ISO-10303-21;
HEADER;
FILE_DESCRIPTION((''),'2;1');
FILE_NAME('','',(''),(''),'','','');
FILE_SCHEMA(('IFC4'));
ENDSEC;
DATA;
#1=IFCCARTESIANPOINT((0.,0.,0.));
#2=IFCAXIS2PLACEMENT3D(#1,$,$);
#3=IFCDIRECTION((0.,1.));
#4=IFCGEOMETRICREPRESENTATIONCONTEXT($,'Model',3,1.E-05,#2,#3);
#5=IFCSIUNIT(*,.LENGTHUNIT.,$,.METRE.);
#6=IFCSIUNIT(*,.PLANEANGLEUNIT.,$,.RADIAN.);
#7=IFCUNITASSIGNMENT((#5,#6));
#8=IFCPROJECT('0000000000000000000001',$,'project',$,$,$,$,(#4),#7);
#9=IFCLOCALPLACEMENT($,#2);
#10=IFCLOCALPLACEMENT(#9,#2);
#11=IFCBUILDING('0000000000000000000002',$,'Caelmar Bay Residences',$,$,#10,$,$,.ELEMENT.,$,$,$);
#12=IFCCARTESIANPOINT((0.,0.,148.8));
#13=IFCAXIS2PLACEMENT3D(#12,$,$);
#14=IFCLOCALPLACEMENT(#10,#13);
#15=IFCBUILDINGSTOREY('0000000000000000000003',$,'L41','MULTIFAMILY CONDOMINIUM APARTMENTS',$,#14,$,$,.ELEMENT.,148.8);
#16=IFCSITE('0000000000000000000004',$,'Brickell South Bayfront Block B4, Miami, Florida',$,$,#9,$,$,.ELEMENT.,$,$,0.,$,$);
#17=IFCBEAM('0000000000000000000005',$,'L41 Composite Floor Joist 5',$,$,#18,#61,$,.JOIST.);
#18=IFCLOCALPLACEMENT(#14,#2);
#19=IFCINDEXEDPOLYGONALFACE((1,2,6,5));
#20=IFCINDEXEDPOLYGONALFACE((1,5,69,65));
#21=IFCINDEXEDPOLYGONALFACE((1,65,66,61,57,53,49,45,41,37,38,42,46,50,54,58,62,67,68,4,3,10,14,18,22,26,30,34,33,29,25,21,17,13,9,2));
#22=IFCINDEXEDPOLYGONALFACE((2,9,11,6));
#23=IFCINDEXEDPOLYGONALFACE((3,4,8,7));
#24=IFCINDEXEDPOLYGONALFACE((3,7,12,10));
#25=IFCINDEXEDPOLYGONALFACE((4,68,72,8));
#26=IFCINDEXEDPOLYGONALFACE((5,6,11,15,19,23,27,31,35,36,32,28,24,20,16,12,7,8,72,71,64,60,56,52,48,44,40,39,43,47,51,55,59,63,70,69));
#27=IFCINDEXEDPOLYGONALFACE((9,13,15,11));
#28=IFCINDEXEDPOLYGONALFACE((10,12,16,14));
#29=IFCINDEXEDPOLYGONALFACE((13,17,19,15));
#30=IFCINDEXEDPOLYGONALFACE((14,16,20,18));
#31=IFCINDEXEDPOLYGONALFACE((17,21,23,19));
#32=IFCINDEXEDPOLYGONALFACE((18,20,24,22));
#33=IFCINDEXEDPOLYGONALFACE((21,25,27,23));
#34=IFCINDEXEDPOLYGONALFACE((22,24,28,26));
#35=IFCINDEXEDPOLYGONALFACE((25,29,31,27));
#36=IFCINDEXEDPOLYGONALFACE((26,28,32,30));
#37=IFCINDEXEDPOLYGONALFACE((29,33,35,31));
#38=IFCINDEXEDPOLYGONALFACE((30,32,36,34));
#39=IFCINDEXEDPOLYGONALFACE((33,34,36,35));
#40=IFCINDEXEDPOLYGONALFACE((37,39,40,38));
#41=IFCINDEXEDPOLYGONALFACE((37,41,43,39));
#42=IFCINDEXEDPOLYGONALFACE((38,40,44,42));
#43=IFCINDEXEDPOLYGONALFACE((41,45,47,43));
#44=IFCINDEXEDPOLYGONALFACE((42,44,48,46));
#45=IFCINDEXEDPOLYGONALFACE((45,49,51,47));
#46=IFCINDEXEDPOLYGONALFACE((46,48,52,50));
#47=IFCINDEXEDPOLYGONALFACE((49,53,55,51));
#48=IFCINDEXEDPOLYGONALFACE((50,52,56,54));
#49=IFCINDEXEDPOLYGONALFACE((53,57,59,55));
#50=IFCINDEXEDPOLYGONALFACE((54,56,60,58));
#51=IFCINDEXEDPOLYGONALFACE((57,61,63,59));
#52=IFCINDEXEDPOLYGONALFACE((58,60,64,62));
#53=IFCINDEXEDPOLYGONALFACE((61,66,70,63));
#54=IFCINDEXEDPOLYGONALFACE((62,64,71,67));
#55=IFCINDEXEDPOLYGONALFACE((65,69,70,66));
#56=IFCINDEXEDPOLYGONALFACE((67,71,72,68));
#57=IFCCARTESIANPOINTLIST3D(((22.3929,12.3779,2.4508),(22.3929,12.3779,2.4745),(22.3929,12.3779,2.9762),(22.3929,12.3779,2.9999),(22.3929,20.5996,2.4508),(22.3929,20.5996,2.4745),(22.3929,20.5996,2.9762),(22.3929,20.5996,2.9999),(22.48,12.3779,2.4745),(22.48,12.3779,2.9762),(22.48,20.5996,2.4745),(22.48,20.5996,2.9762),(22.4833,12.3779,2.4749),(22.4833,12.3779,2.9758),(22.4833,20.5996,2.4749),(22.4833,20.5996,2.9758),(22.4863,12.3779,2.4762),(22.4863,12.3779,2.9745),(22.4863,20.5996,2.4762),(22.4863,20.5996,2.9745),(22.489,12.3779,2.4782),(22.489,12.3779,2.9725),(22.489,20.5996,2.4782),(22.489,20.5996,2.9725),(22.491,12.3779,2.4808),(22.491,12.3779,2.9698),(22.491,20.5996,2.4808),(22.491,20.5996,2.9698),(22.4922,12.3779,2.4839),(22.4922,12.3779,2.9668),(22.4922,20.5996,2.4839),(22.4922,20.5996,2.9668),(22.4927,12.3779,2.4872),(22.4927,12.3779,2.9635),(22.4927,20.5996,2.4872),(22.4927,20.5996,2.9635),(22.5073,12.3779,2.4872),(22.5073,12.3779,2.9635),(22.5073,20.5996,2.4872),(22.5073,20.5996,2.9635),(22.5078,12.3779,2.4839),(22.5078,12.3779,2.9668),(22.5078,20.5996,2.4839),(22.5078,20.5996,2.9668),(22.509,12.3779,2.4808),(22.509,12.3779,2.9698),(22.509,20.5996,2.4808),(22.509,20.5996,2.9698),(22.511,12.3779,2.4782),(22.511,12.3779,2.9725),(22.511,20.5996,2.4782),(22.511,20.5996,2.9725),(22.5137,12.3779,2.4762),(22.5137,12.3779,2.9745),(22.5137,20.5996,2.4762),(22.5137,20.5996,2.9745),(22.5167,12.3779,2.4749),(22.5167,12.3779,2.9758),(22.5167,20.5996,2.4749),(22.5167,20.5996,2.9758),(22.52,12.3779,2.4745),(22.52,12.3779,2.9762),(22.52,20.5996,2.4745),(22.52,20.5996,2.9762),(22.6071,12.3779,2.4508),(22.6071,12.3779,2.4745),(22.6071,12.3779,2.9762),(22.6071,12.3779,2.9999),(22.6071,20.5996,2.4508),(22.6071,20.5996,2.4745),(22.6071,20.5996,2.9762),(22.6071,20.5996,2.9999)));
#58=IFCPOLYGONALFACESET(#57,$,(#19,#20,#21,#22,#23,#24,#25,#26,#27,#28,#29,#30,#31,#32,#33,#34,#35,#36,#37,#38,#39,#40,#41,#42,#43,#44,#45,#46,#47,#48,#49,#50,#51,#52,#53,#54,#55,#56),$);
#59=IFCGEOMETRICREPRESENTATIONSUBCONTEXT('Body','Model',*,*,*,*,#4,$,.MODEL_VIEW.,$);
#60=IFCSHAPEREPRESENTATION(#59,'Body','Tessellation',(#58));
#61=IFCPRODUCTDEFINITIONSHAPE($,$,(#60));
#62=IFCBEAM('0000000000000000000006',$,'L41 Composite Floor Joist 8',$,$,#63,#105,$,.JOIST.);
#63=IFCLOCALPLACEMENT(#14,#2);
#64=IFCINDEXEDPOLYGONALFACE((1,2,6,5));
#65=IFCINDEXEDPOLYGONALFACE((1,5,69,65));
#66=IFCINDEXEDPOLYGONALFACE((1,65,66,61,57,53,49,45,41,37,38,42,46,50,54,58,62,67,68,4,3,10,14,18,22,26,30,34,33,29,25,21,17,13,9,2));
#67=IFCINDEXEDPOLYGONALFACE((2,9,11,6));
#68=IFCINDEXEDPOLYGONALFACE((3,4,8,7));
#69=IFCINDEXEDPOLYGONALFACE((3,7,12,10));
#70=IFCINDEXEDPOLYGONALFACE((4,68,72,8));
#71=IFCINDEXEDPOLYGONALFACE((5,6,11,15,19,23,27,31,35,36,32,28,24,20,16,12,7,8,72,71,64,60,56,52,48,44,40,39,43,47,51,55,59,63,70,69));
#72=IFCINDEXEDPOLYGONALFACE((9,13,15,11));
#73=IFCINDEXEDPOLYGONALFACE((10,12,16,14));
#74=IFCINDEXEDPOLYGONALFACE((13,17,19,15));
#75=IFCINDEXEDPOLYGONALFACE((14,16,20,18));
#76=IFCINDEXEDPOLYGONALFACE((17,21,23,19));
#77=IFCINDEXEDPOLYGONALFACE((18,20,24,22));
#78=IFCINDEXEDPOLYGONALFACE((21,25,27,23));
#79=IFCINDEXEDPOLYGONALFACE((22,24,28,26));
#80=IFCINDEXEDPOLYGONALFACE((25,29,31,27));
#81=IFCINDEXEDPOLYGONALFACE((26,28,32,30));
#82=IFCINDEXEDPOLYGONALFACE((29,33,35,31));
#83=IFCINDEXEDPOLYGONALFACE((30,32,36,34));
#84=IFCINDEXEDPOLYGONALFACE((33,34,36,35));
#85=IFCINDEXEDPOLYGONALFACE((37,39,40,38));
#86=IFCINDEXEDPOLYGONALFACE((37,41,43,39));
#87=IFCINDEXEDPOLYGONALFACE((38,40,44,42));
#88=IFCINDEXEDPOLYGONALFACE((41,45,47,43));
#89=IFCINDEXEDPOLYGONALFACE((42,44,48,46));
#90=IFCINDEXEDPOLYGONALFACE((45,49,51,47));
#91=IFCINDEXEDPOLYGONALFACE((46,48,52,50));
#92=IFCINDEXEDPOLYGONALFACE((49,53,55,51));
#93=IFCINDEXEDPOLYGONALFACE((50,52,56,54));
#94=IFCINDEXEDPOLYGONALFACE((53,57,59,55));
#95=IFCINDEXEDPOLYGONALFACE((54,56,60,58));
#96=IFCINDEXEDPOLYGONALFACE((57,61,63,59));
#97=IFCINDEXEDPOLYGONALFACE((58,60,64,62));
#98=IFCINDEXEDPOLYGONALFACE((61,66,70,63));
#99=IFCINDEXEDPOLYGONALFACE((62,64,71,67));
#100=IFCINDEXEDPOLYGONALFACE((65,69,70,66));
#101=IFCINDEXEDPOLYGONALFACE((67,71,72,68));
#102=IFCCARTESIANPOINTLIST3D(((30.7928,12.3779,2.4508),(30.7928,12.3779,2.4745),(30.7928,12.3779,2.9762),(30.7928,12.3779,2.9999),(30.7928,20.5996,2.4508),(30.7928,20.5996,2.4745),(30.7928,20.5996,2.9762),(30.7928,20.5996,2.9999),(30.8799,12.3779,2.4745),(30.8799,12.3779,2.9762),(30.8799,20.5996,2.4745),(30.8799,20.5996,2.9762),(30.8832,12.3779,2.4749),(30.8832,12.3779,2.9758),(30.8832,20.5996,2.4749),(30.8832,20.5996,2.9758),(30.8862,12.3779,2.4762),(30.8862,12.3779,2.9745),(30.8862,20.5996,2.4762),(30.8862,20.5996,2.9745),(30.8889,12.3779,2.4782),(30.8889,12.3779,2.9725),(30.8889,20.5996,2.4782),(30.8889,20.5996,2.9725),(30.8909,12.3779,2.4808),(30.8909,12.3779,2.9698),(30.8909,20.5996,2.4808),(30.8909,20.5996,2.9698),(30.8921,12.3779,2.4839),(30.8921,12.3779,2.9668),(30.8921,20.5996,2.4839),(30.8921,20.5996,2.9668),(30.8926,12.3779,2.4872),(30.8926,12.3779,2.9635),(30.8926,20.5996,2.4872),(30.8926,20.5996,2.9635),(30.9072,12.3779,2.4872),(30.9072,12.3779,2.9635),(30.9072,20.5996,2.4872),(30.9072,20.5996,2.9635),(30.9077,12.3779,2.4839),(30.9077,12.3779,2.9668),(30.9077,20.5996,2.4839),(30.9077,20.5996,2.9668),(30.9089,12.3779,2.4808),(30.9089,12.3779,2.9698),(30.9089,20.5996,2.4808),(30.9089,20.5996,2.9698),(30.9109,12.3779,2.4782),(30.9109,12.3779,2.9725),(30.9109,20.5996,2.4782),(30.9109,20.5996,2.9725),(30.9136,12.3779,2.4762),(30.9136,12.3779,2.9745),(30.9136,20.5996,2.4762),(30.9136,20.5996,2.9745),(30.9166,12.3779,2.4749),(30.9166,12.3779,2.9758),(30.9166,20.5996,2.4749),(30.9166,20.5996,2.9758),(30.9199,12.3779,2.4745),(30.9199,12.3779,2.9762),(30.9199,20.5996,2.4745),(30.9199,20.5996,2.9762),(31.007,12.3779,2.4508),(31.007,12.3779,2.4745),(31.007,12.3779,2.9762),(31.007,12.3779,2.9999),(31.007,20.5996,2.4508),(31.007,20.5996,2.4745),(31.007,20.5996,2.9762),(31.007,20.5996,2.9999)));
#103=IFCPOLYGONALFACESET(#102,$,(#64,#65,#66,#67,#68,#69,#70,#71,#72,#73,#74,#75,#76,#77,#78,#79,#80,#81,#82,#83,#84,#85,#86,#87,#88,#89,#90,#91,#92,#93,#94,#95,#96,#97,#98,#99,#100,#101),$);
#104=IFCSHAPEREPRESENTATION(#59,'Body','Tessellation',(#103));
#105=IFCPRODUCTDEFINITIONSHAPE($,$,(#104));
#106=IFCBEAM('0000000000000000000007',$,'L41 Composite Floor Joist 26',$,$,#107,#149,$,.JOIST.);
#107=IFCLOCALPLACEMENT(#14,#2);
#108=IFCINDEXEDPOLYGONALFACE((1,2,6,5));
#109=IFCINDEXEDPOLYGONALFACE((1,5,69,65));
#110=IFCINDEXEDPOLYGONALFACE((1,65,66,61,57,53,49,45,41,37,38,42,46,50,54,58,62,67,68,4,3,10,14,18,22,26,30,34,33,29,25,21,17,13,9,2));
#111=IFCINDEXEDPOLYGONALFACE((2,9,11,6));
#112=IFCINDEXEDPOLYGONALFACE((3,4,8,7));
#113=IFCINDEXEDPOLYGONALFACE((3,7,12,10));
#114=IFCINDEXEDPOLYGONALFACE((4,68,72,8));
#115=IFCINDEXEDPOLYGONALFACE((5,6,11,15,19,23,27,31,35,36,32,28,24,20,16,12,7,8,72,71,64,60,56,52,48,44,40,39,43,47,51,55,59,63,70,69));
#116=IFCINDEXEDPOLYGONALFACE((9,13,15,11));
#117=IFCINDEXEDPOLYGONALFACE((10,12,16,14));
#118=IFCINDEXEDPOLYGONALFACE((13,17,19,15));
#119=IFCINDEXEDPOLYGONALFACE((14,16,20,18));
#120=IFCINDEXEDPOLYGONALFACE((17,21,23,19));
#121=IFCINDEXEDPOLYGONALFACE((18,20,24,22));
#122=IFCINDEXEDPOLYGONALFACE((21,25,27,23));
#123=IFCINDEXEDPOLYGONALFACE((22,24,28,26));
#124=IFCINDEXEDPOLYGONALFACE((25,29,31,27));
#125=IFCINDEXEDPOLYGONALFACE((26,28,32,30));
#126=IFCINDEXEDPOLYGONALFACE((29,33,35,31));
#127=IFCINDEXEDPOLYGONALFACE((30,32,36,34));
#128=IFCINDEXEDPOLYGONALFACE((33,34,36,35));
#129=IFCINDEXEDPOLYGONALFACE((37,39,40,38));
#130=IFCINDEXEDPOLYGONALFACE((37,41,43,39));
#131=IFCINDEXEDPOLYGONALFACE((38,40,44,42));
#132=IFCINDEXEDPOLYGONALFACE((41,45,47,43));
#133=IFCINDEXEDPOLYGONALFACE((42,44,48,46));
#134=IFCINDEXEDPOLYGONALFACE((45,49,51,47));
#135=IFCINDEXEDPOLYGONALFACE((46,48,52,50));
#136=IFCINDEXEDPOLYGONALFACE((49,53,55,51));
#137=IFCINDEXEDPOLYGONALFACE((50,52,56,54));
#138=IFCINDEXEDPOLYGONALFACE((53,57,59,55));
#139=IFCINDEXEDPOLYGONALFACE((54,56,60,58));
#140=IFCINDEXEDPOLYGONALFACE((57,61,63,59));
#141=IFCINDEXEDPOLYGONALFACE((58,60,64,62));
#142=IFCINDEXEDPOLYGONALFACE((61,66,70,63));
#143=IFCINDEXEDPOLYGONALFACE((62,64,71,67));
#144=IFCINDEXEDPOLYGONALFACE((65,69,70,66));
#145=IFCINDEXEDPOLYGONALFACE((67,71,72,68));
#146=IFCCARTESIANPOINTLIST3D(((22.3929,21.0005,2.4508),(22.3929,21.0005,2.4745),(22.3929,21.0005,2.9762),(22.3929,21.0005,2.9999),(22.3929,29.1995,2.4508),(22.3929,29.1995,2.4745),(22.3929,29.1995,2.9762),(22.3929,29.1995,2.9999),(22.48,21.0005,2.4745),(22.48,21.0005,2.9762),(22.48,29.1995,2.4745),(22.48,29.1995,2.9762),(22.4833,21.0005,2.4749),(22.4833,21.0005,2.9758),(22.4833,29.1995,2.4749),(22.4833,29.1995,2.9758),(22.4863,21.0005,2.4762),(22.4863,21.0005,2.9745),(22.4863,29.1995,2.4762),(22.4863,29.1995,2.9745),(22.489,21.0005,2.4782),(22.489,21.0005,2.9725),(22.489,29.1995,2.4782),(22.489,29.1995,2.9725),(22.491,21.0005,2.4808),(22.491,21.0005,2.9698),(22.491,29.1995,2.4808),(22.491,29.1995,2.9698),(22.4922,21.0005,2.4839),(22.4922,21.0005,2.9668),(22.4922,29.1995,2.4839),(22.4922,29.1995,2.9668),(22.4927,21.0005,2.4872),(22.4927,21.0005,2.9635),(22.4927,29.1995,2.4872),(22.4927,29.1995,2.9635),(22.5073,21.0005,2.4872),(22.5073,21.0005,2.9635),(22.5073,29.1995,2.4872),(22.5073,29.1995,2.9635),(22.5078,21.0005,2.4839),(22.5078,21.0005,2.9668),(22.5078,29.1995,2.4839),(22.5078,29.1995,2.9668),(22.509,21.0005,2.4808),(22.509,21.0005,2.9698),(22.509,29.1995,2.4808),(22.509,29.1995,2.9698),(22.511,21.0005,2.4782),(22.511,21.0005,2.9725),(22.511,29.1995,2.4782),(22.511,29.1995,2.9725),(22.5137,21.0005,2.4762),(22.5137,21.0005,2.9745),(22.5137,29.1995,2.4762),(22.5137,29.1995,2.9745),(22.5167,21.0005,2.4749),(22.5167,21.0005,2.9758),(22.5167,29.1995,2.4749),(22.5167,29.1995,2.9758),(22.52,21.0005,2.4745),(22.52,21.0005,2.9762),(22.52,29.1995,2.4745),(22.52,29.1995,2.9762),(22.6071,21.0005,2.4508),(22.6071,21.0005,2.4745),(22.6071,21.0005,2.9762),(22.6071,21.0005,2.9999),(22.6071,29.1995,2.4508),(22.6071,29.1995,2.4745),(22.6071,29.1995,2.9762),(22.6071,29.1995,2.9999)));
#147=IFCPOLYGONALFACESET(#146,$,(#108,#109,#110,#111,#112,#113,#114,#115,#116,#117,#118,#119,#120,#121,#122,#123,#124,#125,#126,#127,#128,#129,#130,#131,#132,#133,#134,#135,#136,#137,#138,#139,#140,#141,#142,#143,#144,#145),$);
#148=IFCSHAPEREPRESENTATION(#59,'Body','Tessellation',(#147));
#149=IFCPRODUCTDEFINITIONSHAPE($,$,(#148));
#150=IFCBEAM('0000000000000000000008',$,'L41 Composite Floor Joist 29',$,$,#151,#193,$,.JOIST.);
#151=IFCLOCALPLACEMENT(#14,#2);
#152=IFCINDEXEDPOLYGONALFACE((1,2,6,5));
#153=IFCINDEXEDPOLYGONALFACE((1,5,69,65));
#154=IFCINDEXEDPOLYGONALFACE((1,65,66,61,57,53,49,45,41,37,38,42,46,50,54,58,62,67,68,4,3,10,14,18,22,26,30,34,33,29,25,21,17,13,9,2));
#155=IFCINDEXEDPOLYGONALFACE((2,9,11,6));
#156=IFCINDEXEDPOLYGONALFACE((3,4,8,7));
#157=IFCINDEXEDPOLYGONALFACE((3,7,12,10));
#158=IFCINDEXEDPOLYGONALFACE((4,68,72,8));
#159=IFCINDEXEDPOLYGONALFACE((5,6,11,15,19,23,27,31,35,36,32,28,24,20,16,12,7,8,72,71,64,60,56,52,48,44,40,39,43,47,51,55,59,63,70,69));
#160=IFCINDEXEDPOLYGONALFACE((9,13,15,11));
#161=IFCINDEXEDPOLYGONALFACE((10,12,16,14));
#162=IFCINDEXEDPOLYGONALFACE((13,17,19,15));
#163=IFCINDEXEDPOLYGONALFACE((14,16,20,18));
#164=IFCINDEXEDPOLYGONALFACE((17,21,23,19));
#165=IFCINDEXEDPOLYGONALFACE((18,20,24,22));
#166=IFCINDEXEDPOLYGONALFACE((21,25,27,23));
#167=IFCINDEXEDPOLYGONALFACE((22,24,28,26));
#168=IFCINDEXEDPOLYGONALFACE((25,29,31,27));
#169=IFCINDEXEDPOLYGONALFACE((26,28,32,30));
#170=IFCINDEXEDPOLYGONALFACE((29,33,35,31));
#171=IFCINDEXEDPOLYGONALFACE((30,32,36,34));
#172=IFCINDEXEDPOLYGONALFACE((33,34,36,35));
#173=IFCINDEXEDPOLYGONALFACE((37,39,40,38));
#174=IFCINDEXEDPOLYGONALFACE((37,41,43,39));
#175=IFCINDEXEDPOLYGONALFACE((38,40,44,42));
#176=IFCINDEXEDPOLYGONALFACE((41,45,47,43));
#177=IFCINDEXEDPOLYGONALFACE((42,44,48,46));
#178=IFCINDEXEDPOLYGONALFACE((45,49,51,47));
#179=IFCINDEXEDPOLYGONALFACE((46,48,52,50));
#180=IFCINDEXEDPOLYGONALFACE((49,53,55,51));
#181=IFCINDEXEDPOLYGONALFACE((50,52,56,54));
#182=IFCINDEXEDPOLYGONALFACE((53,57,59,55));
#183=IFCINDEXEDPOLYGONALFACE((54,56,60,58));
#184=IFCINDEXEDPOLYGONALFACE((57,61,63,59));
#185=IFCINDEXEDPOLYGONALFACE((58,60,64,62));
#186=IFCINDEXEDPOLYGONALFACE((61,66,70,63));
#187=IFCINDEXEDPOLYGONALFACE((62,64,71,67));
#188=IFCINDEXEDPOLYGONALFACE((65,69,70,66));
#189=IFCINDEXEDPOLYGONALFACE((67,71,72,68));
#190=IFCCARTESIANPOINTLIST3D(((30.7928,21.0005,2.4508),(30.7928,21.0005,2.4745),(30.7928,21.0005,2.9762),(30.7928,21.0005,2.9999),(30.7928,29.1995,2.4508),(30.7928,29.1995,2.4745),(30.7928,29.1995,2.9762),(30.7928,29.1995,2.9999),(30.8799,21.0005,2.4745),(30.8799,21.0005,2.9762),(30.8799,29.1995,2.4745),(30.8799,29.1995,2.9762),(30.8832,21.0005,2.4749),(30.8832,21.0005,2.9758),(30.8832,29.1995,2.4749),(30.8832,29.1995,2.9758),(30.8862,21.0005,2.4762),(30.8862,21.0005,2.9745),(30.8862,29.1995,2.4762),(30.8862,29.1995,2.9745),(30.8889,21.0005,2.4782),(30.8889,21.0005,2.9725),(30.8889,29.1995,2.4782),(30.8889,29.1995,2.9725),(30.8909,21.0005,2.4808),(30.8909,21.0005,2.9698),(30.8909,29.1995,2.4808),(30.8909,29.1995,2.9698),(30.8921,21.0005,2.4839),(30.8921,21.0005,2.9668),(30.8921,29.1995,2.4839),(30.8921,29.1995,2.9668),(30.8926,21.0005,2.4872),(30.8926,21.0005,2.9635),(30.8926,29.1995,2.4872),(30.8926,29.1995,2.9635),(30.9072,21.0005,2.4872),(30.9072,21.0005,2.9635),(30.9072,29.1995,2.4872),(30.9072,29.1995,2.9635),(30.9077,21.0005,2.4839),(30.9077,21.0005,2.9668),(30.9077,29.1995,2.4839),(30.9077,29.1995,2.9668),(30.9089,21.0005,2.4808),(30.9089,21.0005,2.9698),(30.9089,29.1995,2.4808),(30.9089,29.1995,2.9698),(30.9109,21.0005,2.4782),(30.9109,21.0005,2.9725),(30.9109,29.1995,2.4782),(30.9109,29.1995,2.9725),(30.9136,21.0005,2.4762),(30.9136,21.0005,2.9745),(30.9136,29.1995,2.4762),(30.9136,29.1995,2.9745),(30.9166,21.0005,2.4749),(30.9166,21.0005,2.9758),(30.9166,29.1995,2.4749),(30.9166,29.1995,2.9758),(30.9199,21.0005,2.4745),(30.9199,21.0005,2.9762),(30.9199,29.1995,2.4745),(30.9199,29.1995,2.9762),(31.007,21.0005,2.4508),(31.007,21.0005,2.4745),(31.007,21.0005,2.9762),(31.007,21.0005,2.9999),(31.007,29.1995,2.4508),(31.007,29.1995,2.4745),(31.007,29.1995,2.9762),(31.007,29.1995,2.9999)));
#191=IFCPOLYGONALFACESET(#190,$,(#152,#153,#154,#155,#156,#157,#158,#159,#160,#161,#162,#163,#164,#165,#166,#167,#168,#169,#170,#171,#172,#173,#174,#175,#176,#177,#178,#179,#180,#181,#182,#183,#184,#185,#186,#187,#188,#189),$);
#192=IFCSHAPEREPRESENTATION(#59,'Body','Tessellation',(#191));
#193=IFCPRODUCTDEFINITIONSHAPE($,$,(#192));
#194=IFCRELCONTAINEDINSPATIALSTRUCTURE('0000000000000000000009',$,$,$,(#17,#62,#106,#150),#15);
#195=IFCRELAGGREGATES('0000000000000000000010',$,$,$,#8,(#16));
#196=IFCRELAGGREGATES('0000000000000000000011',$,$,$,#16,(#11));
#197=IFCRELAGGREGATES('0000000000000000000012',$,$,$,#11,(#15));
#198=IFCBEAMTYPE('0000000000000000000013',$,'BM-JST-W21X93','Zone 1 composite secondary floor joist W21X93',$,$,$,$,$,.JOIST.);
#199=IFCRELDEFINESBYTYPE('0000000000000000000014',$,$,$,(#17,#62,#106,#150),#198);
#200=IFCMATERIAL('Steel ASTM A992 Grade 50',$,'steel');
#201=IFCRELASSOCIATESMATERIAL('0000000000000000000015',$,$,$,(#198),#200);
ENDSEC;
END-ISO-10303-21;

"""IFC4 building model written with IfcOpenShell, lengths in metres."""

from ifc_helpers import new_model, si_unit, direction, frame, origin, origin_2d, place, context, subcontext, project, spatial, i_section, extrude, material, material_profile, profile_set, type_object, element, save


model = new_model("IFC4")

# Units and contexts
model_context = context("Model", 3, precision=1e-05, world=origin(), true_north=direction((0.0, 1.0)))
body_context = subcontext(model_context, "Body", "Model", "MODEL_VIEW")
ifc_project = project(units=[si_unit("LENGTHUNIT", "METRE"), si_unit("PLANEANGLEUNIT", "RADIAN")], contexts=[model_context])

# Site, building, storey
site_placement = place(None, origin())
site = spatial("IfcSite", under=ifc_project, at=site_placement, Name="Brickell South Bayfront Block B4, Miami, Florida", CompositionType="ELEMENT", RefElevation=0.0)
building_placement = place(site_placement, origin())
building = spatial("IfcBuilding", under=site, at=building_placement, Name="Caelmar Bay Residences", CompositionType="ELEMENT")
storey_placement = place(building_placement, frame((0.0, 0.0, 148.8)))
storey = spatial("IfcBuildingStorey", under=building, at=storey_placement, Name="L41", Description="MULTIFAMILY CONDOMINIUM APARTMENTS", CompositionType="ELEMENT", Elevation=148.8)

# Beams
ifc_material_1 = material(Name="Steel ASTM A992 Grade 50", Category="steel")
ifc_material_profile_1 = material_profile(ifc_material_1, i_section(OverallWidth=0.2141, OverallDepth=0.5491, WebThickness=0.0146, FlangeThickness=0.0237, FilletRadius=0.0127, at=origin_2d()), Name="W21X93")
ifc_profile_set_1 = profile_set([ifc_material_profile_1], Name="Steel ASTM A992 Grade 50")
beam_type_1 = type_object("IfcBeamType", Name="BM-JST-W21X93", Description="Zone 1 composite secondary floor joist W21X93", PredefinedType="JOIST", material=ifc_profile_set_1)
for number, where, z_axis, x_axis, name in (
    (1, (22.5, 12.3779, 2.7253), (0.0, 1.0, 0.0), (-1.0, 0.0, 0.0), "L41 Composite Floor Joist 5"),
    (2, (30.8999, 12.3779, 2.7253), (0.0, 1.0, 0.0), (-1.0, 0.0, 0.0), "L41 Composite Floor Joist 8"),
):
    element("IfcBeam", number, at=place(storey_placement, frame(where, z_axis=z_axis, x_axis=x_axis)), inside=storey, type_object=beam_type_1, Name=name, PredefinedType="JOIST", context=body_context, shape_type="SweptSolid", body=[
        extrude(i_section(OverallWidth=0.2141, OverallDepth=0.5491, WebThickness=0.0146, FlangeThickness=0.0237, FilletRadius=0.0127, at=origin_2d()), origin(), (0.0, 0.0, 1.0), 8.2217),
    ])
for number, where, z_axis, x_axis, name in (
    (3, (22.5, 21.0005, 2.7253), (0.0, 1.0, 0.0), (-1.0, 0.0, 0.0), "L41 Composite Floor Joist 26"),
    (4, (30.8999, 21.0005, 2.7253), (0.0, 1.0, 0.0), (-1.0, 0.0, 0.0), "L41 Composite Floor Joist 29"),
):
    element("IfcBeam", number, at=place(storey_placement, frame(where, z_axis=z_axis, x_axis=x_axis)), inside=storey, type_object=beam_type_1, Name=name, PredefinedType="JOIST", context=body_context, shape_type="SweptSolid", body=[
        extrude(i_section(OverallWidth=0.2141, OverallDepth=0.5491, WebThickness=0.0146, FlangeThickness=0.0237, FilletRadius=0.0127, at=origin_2d()), origin(), (0.0, 0.0, 1.0), 8.199),
    ])

save(model, "model.ifc")
